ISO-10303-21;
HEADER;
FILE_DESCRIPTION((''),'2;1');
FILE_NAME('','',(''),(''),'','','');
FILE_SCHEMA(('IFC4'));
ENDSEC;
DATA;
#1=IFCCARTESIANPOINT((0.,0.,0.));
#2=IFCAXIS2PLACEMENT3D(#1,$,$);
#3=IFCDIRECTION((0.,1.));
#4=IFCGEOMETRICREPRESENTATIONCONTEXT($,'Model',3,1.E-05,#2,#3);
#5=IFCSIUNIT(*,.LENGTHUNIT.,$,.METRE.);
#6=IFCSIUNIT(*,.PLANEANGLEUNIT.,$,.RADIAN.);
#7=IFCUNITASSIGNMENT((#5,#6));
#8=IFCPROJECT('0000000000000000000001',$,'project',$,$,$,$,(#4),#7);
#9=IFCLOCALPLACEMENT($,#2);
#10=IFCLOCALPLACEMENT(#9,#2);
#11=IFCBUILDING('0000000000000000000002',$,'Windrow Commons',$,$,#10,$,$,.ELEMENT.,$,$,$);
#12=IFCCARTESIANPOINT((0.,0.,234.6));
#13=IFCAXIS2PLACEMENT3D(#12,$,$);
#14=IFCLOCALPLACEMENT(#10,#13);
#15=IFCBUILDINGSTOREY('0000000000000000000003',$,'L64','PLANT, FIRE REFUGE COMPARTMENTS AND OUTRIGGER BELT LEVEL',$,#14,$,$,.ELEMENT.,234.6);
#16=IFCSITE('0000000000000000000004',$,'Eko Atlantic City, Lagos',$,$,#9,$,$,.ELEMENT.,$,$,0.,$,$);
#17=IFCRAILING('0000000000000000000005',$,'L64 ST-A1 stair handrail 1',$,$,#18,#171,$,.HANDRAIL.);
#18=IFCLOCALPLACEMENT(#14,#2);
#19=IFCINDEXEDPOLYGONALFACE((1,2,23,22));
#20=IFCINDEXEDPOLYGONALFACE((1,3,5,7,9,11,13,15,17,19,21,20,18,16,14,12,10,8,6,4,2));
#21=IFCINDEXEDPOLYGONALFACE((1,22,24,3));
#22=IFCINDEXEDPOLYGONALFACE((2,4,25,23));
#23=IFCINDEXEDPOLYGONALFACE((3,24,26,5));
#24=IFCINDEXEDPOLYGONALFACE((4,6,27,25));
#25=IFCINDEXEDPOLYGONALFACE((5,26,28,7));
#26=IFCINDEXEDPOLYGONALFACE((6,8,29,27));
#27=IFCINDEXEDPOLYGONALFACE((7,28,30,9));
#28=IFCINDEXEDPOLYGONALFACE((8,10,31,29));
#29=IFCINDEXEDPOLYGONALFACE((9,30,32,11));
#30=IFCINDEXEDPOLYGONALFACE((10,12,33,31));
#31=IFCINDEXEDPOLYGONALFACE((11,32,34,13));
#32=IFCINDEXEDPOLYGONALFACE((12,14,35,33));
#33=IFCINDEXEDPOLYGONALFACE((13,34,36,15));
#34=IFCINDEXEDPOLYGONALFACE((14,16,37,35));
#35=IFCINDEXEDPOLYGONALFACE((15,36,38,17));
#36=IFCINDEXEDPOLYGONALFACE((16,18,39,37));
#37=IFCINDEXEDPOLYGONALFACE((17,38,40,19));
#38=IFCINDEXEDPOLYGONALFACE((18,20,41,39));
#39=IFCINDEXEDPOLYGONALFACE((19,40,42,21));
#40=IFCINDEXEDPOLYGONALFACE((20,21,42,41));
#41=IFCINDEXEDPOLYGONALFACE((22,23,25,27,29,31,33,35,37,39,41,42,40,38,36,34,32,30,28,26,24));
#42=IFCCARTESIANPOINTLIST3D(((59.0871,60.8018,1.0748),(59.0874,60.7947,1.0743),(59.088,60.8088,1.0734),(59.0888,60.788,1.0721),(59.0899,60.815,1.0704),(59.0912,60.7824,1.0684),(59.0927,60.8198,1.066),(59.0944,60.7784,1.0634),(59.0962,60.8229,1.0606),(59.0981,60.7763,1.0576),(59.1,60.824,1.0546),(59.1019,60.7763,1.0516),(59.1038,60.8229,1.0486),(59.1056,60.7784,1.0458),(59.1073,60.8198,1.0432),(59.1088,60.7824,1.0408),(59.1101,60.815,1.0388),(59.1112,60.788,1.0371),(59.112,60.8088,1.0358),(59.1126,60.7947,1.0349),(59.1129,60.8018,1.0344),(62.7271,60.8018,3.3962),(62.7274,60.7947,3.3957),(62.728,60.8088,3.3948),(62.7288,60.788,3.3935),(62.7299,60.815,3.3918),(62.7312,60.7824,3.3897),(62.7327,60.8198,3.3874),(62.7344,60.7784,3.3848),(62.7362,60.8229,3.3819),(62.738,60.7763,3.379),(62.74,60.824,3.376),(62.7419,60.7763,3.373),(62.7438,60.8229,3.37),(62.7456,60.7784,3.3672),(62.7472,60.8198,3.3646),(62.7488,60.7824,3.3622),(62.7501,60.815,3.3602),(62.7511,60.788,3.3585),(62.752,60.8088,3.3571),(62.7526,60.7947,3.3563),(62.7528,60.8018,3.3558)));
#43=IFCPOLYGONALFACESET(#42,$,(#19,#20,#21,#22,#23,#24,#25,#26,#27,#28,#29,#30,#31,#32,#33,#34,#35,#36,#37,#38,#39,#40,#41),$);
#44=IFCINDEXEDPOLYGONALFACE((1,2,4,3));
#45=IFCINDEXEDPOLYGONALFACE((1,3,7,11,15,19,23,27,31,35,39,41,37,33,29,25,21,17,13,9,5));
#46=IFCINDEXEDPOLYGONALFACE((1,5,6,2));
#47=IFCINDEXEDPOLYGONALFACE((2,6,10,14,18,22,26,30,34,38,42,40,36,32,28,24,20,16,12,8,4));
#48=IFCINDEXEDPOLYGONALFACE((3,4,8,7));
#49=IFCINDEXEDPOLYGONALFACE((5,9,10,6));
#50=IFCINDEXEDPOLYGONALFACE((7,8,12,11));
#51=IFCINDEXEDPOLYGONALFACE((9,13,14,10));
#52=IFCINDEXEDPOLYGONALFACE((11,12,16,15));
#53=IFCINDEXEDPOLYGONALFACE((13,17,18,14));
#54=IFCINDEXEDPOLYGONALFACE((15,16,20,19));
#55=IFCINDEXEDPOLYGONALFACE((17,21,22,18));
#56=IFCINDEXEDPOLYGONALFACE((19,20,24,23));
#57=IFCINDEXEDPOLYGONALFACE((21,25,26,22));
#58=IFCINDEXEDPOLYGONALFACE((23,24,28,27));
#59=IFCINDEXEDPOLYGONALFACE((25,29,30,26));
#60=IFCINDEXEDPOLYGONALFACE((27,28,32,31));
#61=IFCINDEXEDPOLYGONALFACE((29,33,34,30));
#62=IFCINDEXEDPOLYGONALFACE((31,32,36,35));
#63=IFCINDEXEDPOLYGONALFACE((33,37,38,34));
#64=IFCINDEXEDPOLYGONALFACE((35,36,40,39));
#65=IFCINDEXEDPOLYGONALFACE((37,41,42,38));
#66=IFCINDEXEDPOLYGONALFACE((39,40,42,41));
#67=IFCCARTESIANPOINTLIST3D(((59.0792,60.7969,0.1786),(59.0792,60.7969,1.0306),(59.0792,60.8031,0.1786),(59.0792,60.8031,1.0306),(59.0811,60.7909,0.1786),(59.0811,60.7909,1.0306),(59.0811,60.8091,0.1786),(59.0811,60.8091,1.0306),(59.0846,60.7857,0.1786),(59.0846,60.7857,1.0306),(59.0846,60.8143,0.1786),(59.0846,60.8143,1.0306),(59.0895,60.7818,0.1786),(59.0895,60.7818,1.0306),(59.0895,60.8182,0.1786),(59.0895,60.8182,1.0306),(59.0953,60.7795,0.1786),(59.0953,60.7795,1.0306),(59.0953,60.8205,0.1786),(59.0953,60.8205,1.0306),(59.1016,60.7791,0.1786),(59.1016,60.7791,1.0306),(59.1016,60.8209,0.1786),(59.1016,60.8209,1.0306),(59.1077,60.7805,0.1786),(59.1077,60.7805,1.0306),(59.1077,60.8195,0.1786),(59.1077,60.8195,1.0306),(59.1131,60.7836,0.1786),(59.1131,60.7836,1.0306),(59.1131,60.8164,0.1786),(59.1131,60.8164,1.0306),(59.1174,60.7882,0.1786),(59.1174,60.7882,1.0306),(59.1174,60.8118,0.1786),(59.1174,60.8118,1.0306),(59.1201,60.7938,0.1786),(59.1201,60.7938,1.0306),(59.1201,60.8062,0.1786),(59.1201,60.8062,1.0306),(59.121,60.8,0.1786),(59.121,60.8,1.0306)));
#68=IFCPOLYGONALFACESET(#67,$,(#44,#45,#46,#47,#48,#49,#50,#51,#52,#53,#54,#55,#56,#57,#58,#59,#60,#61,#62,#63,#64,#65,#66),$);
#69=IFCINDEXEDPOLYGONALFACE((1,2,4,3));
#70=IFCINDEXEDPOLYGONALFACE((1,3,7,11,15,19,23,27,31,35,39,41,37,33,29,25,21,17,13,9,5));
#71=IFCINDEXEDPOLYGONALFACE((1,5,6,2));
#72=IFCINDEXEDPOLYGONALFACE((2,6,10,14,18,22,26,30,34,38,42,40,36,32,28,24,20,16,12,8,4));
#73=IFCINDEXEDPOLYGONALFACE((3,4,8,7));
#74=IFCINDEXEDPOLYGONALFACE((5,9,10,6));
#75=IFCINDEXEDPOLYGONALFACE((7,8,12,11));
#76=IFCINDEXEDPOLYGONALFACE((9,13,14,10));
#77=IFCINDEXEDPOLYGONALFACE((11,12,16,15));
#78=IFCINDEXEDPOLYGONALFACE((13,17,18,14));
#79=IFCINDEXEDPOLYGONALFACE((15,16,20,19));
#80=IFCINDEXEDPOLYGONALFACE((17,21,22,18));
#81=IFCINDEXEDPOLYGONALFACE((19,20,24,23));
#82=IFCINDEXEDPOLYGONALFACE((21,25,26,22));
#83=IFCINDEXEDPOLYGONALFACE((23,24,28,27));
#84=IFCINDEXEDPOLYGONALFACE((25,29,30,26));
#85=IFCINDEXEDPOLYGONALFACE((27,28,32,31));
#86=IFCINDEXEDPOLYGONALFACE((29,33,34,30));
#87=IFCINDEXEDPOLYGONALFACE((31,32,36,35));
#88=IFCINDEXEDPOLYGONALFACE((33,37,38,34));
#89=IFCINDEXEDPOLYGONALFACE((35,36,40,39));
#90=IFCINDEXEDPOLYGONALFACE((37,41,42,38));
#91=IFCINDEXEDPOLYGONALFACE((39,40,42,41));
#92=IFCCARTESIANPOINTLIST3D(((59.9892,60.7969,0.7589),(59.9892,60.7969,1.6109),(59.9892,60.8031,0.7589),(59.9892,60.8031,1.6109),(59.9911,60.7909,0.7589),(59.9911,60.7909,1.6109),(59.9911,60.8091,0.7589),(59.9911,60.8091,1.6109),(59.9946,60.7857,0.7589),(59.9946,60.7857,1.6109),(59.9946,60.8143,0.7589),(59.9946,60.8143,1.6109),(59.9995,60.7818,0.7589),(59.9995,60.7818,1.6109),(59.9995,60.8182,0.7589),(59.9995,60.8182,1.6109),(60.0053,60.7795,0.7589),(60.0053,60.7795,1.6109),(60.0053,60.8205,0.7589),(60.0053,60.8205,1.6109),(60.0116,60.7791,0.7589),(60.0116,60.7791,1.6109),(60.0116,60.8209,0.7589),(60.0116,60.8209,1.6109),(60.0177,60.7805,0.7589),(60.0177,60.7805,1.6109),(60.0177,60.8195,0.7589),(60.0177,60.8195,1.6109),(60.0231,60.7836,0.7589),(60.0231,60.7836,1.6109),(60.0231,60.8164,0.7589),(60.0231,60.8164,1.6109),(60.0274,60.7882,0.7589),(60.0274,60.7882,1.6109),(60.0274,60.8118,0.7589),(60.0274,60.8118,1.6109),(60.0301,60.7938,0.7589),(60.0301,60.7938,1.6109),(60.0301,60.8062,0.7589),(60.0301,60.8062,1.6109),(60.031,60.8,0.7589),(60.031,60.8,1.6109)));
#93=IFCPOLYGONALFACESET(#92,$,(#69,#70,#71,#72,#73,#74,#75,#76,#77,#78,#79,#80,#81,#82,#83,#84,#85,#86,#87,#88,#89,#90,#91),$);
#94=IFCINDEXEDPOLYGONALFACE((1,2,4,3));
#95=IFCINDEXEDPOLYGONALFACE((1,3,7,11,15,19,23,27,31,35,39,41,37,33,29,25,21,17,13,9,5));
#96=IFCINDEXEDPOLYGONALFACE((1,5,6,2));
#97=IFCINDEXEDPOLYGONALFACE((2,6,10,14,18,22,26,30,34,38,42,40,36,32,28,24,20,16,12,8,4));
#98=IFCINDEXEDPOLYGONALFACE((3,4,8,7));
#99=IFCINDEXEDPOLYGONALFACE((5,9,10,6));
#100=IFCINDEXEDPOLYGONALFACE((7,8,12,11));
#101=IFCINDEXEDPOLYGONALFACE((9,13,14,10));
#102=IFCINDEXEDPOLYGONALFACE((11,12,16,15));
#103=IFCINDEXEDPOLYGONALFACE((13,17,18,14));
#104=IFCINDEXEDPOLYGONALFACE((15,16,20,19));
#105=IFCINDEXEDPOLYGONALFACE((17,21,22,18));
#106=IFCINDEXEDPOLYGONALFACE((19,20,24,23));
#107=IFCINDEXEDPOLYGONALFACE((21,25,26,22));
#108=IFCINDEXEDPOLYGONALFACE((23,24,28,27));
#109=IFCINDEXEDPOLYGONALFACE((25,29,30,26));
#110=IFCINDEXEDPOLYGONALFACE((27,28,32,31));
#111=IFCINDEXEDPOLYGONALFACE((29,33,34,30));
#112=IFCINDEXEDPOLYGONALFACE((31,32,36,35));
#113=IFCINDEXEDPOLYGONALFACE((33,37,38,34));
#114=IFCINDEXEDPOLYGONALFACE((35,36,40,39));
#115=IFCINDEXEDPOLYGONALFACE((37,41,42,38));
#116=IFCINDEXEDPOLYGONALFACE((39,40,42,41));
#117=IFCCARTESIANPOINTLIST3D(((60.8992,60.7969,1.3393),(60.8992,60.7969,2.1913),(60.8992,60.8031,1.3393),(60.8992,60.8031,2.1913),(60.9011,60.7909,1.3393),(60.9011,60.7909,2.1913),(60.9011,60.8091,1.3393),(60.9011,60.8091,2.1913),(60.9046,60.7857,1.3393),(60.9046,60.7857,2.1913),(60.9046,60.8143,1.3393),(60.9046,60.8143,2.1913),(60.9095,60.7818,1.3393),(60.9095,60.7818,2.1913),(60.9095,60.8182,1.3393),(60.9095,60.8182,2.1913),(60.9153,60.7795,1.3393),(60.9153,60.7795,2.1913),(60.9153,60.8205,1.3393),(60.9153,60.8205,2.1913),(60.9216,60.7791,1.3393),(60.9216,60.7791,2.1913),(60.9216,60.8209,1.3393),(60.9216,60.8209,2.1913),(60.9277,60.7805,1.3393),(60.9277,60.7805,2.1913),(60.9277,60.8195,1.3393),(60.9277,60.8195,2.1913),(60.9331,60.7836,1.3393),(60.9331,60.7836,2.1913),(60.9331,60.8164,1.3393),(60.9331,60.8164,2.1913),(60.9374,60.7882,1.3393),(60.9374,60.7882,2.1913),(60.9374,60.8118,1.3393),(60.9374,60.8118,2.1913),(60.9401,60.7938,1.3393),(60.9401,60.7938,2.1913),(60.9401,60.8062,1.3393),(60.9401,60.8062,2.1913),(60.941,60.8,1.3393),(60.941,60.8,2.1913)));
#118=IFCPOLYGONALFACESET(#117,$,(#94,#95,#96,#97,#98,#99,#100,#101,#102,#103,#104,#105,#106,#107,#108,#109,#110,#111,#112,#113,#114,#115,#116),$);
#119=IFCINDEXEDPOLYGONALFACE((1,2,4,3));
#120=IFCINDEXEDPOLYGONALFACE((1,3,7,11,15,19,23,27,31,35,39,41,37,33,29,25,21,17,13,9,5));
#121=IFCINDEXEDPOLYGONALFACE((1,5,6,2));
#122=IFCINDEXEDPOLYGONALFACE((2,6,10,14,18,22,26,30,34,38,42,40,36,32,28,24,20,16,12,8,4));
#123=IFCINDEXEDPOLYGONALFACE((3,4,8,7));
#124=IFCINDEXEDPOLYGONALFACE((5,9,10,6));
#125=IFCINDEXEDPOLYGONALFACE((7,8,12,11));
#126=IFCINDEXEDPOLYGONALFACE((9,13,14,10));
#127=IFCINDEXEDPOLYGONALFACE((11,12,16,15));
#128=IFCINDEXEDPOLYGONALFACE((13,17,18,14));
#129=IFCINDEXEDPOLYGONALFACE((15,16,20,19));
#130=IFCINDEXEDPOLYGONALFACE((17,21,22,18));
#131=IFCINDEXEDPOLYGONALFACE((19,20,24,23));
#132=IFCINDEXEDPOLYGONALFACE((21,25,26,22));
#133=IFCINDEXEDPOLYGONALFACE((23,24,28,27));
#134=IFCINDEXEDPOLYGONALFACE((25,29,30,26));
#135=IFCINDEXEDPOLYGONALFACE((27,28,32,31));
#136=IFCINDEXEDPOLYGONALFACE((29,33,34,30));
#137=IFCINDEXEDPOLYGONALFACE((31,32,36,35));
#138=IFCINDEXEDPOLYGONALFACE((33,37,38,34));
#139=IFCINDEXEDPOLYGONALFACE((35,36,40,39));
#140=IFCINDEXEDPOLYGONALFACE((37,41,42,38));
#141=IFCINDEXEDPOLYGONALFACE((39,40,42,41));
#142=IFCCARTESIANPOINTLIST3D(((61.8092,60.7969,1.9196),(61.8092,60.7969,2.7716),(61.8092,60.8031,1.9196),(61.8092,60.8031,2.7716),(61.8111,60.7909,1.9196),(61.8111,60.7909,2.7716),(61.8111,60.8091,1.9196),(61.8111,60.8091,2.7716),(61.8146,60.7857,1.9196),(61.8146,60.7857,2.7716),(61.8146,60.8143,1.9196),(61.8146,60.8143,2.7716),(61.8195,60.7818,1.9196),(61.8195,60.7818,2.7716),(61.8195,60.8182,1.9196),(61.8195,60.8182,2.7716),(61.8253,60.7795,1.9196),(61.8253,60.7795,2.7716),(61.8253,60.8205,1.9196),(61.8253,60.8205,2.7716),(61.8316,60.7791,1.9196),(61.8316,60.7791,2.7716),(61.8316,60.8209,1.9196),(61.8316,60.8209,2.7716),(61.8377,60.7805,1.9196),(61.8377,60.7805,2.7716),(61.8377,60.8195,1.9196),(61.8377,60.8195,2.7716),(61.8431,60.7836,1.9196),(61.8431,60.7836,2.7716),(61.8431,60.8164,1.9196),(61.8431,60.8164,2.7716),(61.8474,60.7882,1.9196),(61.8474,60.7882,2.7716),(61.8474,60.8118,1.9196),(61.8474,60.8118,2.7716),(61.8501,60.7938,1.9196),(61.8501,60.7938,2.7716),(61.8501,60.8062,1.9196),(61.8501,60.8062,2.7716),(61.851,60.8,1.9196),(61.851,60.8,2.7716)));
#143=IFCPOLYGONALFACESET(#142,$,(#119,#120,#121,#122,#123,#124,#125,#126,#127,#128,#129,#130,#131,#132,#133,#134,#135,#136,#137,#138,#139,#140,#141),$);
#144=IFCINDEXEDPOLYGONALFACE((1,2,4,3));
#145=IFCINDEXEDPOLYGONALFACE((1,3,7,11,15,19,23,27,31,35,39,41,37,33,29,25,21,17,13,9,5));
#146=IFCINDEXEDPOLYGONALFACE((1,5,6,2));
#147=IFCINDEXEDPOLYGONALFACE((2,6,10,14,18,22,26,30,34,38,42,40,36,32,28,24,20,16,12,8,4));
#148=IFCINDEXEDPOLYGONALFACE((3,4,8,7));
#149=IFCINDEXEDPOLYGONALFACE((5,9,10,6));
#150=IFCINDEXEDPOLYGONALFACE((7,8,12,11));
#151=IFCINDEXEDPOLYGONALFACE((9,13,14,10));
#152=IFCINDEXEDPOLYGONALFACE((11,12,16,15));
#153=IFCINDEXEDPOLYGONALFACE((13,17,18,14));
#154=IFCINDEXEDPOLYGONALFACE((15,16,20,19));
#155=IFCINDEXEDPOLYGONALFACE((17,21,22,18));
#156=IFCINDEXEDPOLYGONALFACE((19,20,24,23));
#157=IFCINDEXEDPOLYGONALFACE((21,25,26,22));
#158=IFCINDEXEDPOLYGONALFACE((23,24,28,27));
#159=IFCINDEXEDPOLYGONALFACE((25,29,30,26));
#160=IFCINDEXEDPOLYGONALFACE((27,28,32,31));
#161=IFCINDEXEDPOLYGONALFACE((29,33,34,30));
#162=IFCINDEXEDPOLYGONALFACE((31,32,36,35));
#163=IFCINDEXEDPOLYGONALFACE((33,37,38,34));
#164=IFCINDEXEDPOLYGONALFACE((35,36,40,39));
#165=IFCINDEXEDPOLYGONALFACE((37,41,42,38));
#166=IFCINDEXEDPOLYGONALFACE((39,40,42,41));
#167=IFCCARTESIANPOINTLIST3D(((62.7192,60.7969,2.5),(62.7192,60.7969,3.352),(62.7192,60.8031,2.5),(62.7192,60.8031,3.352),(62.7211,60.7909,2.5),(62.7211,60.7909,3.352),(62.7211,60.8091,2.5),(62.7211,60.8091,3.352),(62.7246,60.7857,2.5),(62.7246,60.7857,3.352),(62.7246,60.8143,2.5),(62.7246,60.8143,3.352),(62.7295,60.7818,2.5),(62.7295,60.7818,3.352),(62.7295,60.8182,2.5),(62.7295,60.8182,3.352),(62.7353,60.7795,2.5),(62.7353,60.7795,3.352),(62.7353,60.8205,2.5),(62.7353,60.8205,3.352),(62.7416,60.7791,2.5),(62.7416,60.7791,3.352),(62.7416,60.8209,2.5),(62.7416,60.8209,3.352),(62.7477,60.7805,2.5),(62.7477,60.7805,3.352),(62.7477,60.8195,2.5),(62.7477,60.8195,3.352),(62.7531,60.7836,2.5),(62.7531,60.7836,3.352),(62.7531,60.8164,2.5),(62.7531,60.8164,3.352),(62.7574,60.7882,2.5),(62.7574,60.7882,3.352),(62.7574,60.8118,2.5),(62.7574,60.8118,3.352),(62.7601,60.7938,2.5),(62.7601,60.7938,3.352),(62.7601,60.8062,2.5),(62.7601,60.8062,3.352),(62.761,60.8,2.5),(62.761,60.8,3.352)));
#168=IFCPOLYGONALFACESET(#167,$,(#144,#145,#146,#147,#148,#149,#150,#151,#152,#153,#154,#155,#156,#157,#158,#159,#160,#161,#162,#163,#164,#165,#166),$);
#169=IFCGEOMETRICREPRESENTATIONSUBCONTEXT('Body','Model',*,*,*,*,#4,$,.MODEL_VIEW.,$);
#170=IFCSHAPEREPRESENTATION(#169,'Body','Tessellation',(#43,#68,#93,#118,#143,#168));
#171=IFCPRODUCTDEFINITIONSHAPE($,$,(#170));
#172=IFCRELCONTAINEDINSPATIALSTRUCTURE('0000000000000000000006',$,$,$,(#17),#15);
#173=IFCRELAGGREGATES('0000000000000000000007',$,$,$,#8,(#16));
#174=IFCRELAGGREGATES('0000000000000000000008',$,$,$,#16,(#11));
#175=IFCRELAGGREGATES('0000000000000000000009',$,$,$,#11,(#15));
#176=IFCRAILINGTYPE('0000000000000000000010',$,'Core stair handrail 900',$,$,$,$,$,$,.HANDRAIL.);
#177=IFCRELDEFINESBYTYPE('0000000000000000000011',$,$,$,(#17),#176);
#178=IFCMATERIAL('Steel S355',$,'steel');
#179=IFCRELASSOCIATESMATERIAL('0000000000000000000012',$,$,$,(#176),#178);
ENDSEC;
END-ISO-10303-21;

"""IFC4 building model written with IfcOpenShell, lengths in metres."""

from ifc_helpers import new_model, si_unit, direction, frame, origin, origin_2d, place, context, subcontext, project, spatial, circle, extrude, material, type_object, element, save


model = new_model("IFC4")

# Units and contexts
model_context = context("Model", 3, precision=1e-05, world=origin(), true_north=direction((0.0, 1.0)))
body_context = subcontext(model_context, "Body", "Model", "MODEL_VIEW")
ifc_project = project(units=[si_unit("LENGTHUNIT", "METRE"), si_unit("PLANEANGLEUNIT", "RADIAN")], contexts=[model_context])

# Site, building, storey
site_placement = place(None, origin())
site = spatial("IfcSite", under=ifc_project, at=site_placement, Name="Eko Atlantic City, Lagos", CompositionType="ELEMENT", RefElevation=0.0)
building_placement = place(site_placement, origin())
building = spatial("IfcBuilding", under=site, at=building_placement, Name="Windrow Commons", CompositionType="ELEMENT")
storey_placement = place(building_placement, frame((0.0, 0.0, 234.6)))
storey = spatial("IfcBuildingStorey", under=building, at=storey_placement, Name="L64", Description="PLANT, FIRE REFUGE COMPARTMENTS AND OUTRIGGER BELT LEVEL", CompositionType="ELEMENT", Elevation=234.6)

# Railing
ifc_material_1 = material(Name="Steel S355", Category="steel")
railing_type_1 = type_object("IfcRailingType", Name="Core stair handrail 900", PredefinedType="HANDRAIL", material=ifc_material_1)
railing_1_placement = place(storey_placement, frame((59.1, 60.8, 0.1786)))
element("IfcRailing", 1, at=railing_1_placement, inside=storey, type_object=railing_type_1, Name="L64 ST-A1 stair handrail 1", PredefinedType="HANDRAIL", context=body_context, shape_type="SweptSolid", body=[
    extrude(circle(Radius=0.024, at=origin_2d()), frame((0.0, 0.0, 0.876), z_axis=(0.843133, 0.0, 0.537706), x_axis=(0.0, 1.0, 0.0)), (0.0, 0.0, 1.0), 4.3172),
    extrude(circle(Radius=0.021, at=origin_2d()), origin(), (0.0, 0.0, 1.0), 0.852),
    extrude(circle(Radius=0.021, at=origin_2d()), frame((0.91, 0.0, 0.5803)), (0.0, 0.0, 1.0), 0.852),
    extrude(circle(Radius=0.021, at=origin_2d()), frame((1.82, 0.0, 1.1607)), (0.0, 0.0, 1.0), 0.852),
    extrude(circle(Radius=0.021, at=origin_2d()), frame((2.73, 0.0, 1.741)), (0.0, 0.0, 1.0), 0.852),
    extrude(circle(Radius=0.021, at=origin_2d()), frame((3.64, 0.0, 2.3214)), (0.0, 0.0, 1.0), 0.852),
])

save(model, "model.ifc")
